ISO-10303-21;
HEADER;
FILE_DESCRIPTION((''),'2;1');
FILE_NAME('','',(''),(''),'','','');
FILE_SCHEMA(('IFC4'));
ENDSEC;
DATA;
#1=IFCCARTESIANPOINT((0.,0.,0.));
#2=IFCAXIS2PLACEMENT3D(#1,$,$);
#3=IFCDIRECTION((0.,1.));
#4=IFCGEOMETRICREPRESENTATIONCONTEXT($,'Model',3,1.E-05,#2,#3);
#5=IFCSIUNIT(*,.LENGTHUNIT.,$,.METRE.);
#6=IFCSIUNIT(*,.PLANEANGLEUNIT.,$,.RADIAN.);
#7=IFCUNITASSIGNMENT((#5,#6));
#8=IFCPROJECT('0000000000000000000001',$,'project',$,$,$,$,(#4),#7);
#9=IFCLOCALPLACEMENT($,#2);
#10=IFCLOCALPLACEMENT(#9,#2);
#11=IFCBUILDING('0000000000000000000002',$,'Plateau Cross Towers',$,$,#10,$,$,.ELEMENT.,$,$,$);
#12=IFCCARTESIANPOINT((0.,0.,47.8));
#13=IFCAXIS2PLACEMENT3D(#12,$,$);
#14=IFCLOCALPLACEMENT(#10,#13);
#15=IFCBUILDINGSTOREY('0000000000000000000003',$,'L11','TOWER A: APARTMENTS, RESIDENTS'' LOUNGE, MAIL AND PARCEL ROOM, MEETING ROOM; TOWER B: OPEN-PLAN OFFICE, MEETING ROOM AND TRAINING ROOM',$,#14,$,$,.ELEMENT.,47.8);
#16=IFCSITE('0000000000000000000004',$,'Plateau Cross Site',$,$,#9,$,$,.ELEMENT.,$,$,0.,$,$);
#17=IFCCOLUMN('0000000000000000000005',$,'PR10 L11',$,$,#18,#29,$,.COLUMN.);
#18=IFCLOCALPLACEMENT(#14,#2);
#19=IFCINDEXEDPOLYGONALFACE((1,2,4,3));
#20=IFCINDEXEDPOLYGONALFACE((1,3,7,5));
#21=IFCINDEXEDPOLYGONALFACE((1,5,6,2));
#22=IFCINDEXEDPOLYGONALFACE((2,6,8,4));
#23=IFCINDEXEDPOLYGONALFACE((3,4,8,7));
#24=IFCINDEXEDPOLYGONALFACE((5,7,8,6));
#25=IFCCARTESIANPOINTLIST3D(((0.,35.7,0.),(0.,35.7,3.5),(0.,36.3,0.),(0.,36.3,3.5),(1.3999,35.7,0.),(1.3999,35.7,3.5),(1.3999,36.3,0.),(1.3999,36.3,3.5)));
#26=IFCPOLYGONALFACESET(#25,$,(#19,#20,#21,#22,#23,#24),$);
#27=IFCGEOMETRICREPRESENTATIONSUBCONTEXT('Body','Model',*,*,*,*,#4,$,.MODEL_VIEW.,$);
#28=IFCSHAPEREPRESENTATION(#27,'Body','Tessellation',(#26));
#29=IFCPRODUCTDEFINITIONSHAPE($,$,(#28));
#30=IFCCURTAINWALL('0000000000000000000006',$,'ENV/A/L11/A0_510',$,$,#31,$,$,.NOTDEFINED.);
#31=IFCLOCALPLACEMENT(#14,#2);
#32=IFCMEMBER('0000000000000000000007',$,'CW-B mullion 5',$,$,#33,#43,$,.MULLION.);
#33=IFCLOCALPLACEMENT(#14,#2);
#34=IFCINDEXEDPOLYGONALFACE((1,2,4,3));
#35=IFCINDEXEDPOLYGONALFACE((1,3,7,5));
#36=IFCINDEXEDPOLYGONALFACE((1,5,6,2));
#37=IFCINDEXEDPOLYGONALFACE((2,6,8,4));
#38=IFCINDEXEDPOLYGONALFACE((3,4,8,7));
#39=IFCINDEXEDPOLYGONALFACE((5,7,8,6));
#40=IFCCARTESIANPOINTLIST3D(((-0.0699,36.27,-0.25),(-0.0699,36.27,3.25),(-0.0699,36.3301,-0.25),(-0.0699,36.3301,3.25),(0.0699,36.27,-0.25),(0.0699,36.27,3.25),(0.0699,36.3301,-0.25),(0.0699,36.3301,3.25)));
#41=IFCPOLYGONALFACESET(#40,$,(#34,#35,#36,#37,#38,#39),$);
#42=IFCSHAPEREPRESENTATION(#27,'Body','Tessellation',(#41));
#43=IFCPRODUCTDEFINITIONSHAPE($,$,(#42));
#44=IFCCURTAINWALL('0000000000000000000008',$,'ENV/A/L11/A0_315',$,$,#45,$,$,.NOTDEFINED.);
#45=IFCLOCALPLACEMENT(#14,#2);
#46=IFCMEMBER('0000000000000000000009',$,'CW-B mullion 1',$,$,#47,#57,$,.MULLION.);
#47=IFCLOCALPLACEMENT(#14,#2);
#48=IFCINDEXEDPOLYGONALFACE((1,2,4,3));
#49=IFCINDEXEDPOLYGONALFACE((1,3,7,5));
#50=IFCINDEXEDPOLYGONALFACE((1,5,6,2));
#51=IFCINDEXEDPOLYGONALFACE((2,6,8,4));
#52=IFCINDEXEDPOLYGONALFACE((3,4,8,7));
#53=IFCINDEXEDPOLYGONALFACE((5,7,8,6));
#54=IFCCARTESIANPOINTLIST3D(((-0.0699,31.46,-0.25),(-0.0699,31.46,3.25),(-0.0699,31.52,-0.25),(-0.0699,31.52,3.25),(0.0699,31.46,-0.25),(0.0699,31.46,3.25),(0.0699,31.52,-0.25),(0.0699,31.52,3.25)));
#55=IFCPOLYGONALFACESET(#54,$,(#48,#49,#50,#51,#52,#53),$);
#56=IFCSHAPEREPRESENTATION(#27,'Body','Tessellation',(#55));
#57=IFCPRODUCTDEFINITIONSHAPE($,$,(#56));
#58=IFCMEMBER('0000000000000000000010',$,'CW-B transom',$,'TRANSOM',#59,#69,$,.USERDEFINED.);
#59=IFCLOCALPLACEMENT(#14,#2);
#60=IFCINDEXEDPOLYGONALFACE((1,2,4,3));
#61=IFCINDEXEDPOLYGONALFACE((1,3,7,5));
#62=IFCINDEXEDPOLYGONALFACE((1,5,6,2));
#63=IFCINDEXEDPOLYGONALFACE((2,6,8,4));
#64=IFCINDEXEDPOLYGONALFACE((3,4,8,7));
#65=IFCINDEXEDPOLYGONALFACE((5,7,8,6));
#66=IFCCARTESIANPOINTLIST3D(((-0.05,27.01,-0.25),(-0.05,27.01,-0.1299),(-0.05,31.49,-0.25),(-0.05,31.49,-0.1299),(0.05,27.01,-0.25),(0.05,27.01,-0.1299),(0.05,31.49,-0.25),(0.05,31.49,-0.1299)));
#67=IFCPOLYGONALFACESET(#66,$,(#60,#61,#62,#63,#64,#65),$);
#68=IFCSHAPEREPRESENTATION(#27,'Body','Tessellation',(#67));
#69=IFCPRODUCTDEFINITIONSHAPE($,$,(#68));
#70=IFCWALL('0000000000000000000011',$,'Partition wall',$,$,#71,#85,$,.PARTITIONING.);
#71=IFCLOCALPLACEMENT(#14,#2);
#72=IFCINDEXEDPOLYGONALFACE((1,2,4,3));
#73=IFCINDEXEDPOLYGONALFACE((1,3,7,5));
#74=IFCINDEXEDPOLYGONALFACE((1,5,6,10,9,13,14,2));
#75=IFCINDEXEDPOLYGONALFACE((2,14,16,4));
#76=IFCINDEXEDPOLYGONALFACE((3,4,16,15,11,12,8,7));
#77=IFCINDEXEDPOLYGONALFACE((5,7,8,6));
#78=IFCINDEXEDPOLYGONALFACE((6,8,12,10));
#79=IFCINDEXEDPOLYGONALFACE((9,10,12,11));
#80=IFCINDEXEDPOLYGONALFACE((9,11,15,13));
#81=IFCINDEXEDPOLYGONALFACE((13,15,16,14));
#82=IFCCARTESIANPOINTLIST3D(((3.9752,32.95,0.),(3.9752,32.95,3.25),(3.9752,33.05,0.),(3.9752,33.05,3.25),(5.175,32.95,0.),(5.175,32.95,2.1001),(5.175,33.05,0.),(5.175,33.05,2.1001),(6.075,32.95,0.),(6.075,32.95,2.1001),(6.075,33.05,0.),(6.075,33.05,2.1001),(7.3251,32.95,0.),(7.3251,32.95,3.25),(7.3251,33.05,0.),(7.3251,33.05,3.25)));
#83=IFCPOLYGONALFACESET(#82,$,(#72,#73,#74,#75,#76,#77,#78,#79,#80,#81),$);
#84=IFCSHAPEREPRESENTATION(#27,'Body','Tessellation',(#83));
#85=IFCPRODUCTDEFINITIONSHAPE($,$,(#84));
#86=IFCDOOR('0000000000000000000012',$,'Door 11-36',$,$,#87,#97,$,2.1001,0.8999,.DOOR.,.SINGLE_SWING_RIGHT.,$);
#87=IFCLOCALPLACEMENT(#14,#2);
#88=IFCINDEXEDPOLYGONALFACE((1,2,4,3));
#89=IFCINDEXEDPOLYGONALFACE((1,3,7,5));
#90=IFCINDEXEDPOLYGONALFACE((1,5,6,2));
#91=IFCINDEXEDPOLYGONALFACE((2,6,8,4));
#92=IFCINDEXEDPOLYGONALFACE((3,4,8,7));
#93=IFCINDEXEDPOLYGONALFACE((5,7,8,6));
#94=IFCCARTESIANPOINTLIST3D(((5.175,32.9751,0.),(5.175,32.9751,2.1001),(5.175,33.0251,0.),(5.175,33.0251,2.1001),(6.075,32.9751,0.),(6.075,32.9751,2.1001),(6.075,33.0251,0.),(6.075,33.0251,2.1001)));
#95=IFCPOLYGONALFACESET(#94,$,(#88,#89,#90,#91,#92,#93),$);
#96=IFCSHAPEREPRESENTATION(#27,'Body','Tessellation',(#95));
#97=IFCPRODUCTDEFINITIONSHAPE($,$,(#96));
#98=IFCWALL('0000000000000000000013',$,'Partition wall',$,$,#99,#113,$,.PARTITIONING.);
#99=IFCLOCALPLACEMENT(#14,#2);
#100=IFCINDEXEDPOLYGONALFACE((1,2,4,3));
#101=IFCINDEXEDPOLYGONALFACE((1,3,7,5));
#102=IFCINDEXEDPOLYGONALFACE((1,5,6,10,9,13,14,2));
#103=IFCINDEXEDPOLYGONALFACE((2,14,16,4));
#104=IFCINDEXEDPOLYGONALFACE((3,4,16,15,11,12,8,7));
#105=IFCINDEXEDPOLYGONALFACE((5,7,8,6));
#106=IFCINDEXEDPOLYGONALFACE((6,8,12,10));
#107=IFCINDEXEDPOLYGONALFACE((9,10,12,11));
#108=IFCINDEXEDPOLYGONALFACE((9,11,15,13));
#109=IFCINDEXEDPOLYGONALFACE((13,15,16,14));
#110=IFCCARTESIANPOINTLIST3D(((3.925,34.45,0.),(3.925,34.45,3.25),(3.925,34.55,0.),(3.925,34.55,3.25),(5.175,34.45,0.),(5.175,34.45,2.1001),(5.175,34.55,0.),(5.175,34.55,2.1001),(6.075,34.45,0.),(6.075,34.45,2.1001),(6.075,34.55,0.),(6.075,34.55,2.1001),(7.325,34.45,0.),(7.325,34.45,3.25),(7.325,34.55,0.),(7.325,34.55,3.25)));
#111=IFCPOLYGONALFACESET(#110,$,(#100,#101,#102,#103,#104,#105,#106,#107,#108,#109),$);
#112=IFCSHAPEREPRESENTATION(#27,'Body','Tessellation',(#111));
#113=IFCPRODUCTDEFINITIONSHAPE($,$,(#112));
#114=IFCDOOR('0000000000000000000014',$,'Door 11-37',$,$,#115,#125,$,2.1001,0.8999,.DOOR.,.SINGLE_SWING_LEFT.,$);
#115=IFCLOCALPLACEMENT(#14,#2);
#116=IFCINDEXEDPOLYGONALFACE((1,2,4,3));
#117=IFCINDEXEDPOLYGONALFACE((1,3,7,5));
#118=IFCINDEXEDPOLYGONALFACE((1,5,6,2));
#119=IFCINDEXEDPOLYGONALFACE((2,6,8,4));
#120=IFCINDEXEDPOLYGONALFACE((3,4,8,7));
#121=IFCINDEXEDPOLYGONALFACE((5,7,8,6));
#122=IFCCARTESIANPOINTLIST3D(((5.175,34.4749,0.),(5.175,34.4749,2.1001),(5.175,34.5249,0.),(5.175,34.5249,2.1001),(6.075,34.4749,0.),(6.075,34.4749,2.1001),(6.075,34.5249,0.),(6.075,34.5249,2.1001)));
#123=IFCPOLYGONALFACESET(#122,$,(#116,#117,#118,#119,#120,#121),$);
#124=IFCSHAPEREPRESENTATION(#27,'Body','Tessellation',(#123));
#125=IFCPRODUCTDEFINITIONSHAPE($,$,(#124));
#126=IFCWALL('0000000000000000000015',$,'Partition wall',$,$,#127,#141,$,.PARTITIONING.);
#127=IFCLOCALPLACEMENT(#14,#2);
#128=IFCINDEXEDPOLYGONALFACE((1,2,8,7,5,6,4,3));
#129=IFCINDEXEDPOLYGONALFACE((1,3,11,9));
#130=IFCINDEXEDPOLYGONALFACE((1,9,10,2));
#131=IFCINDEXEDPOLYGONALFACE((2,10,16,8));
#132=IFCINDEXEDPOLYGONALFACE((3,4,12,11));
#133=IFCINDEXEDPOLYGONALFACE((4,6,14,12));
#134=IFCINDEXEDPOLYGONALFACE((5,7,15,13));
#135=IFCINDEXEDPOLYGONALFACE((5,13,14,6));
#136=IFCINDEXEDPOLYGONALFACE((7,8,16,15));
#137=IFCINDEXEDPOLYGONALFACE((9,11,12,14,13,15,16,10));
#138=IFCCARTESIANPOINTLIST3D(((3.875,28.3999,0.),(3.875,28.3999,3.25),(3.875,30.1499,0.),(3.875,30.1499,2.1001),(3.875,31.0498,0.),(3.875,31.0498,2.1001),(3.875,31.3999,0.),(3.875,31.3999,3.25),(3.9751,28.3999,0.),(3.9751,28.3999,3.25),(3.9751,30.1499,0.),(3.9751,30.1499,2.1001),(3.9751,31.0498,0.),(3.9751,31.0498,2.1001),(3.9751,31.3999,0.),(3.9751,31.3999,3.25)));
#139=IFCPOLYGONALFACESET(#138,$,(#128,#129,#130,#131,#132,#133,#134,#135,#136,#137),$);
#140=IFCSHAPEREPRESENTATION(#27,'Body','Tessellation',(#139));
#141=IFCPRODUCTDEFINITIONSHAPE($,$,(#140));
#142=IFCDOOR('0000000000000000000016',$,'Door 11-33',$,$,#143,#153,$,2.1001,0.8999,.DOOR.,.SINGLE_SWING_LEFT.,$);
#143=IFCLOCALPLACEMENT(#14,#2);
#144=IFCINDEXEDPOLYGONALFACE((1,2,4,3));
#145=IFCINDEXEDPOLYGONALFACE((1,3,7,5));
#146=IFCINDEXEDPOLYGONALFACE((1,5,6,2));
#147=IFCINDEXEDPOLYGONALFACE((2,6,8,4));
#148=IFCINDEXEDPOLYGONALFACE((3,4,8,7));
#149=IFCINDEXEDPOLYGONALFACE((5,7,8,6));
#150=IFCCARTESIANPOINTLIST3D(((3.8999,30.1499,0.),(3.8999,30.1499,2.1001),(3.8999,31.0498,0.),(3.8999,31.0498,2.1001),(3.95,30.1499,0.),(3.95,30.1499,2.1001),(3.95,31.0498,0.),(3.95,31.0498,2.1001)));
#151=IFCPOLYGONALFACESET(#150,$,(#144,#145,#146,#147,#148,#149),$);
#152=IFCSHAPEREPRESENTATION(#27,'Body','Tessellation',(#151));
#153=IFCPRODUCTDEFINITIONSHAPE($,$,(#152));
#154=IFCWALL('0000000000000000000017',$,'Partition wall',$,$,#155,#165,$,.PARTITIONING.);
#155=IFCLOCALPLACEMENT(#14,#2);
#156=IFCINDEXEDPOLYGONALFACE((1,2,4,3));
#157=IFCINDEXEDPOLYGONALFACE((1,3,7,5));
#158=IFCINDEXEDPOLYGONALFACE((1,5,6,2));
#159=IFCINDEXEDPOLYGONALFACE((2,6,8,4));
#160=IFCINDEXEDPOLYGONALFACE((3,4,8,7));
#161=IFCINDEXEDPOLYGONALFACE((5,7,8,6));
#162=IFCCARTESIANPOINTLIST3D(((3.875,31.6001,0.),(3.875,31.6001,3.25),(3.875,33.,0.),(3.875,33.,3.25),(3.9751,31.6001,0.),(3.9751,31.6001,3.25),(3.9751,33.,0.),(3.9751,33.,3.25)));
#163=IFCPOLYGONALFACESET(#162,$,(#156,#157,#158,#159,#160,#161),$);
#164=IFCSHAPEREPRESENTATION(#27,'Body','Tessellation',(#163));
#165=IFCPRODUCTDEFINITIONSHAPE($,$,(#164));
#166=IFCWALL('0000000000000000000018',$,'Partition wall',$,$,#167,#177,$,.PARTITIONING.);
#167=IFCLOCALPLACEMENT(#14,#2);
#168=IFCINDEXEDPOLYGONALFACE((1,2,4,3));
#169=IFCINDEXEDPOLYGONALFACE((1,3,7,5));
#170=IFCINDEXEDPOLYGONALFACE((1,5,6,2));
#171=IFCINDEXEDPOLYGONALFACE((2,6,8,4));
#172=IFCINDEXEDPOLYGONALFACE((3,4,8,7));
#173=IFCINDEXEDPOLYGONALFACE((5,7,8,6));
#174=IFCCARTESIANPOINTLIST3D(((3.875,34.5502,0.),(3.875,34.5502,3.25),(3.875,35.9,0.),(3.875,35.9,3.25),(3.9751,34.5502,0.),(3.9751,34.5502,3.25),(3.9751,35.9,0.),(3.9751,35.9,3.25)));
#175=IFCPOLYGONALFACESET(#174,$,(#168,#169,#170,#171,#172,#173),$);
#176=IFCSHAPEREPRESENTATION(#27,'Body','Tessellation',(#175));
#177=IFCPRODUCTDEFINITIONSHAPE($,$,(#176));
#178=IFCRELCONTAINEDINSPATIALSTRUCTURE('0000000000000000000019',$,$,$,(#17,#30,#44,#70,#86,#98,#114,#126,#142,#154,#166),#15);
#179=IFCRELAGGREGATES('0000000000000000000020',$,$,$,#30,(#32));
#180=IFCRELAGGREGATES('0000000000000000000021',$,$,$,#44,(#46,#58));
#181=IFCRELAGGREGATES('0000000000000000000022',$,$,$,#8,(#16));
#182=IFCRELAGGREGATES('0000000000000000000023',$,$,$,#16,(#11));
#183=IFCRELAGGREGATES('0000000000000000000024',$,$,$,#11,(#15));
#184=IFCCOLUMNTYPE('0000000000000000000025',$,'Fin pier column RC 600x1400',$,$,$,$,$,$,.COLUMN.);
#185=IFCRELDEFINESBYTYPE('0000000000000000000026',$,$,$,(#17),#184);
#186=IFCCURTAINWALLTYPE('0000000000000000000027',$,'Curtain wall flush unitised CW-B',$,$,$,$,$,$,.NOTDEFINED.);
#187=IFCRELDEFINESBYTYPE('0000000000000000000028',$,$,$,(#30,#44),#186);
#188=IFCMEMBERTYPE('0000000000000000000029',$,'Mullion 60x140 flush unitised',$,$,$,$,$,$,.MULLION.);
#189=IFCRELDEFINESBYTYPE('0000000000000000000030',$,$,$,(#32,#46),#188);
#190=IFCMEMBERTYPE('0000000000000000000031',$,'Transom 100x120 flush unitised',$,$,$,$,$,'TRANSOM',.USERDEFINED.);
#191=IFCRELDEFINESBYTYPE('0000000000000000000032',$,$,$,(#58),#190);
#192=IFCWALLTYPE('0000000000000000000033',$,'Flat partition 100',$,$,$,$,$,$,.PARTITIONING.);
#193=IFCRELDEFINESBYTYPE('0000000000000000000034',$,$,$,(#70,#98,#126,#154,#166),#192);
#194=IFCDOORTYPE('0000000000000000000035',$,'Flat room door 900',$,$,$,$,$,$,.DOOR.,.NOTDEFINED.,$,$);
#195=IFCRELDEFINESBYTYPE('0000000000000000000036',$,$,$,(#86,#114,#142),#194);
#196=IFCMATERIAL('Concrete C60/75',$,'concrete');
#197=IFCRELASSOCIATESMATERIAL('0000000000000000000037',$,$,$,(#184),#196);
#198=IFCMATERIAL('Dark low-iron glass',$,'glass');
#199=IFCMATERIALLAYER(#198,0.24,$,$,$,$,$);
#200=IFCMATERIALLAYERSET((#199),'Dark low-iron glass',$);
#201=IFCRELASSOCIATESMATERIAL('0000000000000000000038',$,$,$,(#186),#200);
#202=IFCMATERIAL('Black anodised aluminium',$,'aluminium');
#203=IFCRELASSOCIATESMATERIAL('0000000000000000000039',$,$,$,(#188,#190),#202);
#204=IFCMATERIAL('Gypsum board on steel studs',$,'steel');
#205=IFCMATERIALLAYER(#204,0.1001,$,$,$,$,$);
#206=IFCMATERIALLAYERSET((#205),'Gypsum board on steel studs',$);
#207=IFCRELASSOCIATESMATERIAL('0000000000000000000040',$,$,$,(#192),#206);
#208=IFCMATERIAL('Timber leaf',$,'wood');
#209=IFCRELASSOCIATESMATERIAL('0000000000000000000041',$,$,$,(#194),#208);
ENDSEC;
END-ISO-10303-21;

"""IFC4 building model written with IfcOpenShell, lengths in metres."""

from ifc_helpers import new_model, si_unit, direction, frame, frame_2d, origin, origin_2d, place, context, subcontext, project, spatial, rectangle, extrude, material, layer, layer_set, material_profile, profile_set, type_object, element, fill, aggregate, save


model = new_model("IFC4")

# Units and contexts
model_context = context("Model", 3, precision=1e-05, world=origin(), true_north=direction((0.0, 1.0)))
body_context = subcontext(model_context, "Body", "Model", "MODEL_VIEW")
ifc_project = project(units=[si_unit("LENGTHUNIT", "METRE"), si_unit("PLANEANGLEUNIT", "RADIAN")], contexts=[model_context])

# Site, building, storey
site_placement = place(None, origin())
site = spatial("IfcSite", under=ifc_project, at=site_placement, Name="Plateau Cross Site", CompositionType="ELEMENT", RefElevation=0.0)
building_placement = place(site_placement, origin())
building = spatial("IfcBuilding", under=site, at=building_placement, Name="Plateau Cross Towers", CompositionType="ELEMENT")
storey_placement = place(building_placement, frame((0.0, 0.0, 47.8)))
storey = spatial("IfcBuildingStorey", under=building, at=storey_placement, Name="L11", Description="TOWER A: APARTMENTS, RESIDENTS' LOUNGE, MAIL AND PARCEL ROOM, MEETING ROOM; TOWER B: OPEN-PLAN OFFICE, MEETING ROOM AND TRAINING ROOM", CompositionType="ELEMENT", Elevation=47.8)

# Column
ifc_material_1 = material(Name="Concrete C60/75", Category="concrete")
ifc_material_profile_1 = material_profile(ifc_material_1, rectangle(XDim=0.6001, YDim=1.3999, at=origin_2d()), Name="RC 600x1400")
ifc_profile_set_1 = profile_set([ifc_material_profile_1], Name="Concrete C60/75")
column_type = type_object("IfcColumnType", Name="Fin pier column RC 600x1400", PredefinedType="COLUMN", material=ifc_profile_set_1)
column_placement = place(storey_placement, frame((0.7, 36.0, 0.0), z_axis=(0.0, 0.0, 1.0), x_axis=(0.0, 1.0, 0.0)))
element("IfcColumn", 1, at=column_placement, inside=storey, type_object=column_type, Name="PR10 L11", PredefinedType="COLUMN", context=body_context, shape_type="SweptSolid", body=[
    extrude(rectangle(XDim=0.6001, YDim=1.3999, at=origin_2d()), origin(), (0.0, 0.0, 1.0), 3.5),
])

# Curtain wall, member
ifc_material_2 = material(Name="Dark low-iron glass", Category="glass")
ifc_layer_1 = layer(ifc_material_2, 0.24)
ifc_layer_set_1 = layer_set([ifc_layer_1], Name="Dark low-iron glass")
curtain_wall_type = type_object("IfcCurtainWallType", Name="Curtain wall flush unitised CW-B", PredefinedType="NOTDEFINED", material=ifc_layer_set_1)
curtain_wall_1_placement = place(storey_placement, origin())
curtain_wall_1 = element("IfcCurtainWall", 2, at=curtain_wall_1_placement, inside=storey, type_object=curtain_wall_type, Name="ENV/A/L11/A0_510", PredefinedType="NOTDEFINED")
ifc_material_3 = material(Name="Black anodised aluminium", Category="aluminium")
ifc_material_profile_2 = material_profile(ifc_material_3, rectangle(XDim=0.0601, YDim=0.1399, at=origin_2d()), Name="MULLION 60x140")
ifc_profile_set_2 = profile_set([ifc_material_profile_2], Name="Black anodised aluminium")
member_type_1 = type_object("IfcMemberType", Name="Mullion 60x140 flush unitised", PredefinedType="MULLION", material=ifc_profile_set_2)
member_1_placement = place(storey_placement, frame((0.0, 36.3, -0.25), z_axis=(0.0, 0.0, 1.0), x_axis=(0.0, -1.0, 0.0)))
member_1 = element("IfcMember", 3, at=member_1_placement, type_object=member_type_1, Name="CW-B mullion 5", PredefinedType="MULLION", context=body_context, shape_type="SweptSolid", body=[
    extrude(rectangle(XDim=0.0601, YDim=0.1399, at=origin_2d()), origin(), (0.0, 0.0, 1.0), 3.5),
])
aggregate(curtain_wall_1, [member_1])

# Curtain wall, members
curtain_wall_2_placement = place(storey_placement, origin())
curtain_wall_2 = element("IfcCurtainWall", 4, at=curtain_wall_2_placement, inside=storey, type_object=curtain_wall_type, Name="ENV/A/L11/A0_315", PredefinedType="NOTDEFINED")
member_2_placement = place(storey_placement, frame((0.0, 31.49, -0.25), z_axis=(0.0, 0.0, 1.0), x_axis=(0.0, -1.0, 0.0)))
member_2 = element("IfcMember", 5, at=member_2_placement, type_object=member_type_1, Name="CW-B mullion 1", PredefinedType="MULLION", context=body_context, shape_type="SweptSolid", body=[
    extrude(rectangle(XDim=0.0601, YDim=0.1399, at=origin_2d()), origin(), (0.0, 0.0, 1.0), 3.5),
])
ifc_material_profile_3 = material_profile(ifc_material_3, rectangle(XDim=0.1001, YDim=0.1201, at=origin_2d()), Name="TRANSOM 100x120")
ifc_profile_set_3 = profile_set([ifc_material_profile_3], Name="Black anodised aluminium")
member_type_2 = type_object("IfcMemberType", Name="Transom 100x120 flush unitised", ElementType="TRANSOM", PredefinedType="USERDEFINED", material=ifc_profile_set_3)
member_3_placement = place(storey_placement, frame((0.0, 31.49, -0.1899), z_axis=(0.0, -1.0, 0.0), x_axis=(1.0, 0.0, 0.0)))
member_3 = element("IfcMember", 6, at=member_3_placement, type_object=member_type_2, Name="CW-B transom", ObjectType="TRANSOM", PredefinedType="USERDEFINED", context=body_context, shape_type="SweptSolid", body=[
    extrude(rectangle(XDim=0.1001, YDim=0.1201, at=origin_2d()), origin(), (0.0, 0.0, 1.0), 4.48),
])
aggregate(curtain_wall_2, [member_2, member_3])

# Walls, openings, doors
ifc_material_4 = material(Name="Gypsum board on steel studs", Category="steel")
ifc_layer_2 = layer(ifc_material_4, 0.1001)
ifc_layer_set_2 = layer_set([ifc_layer_2], Name="Gypsum board on steel studs")
wall_type_1 = type_object("IfcWallType", Name="Flat partition 100", PredefinedType="PARTITIONING", material=ifc_layer_set_2)
wall_1_placement = place(storey_placement, frame((7.325, 33.0, 0.0), z_axis=(0.0, 0.0, 1.0), x_axis=(-1.0, 0.0, 0.0)))
wall_1 = element("IfcWall", 7, at=wall_1_placement, inside=storey, type_object=wall_type_1, Name="Partition wall", PredefinedType="PARTITIONING", context=body_context, shape_type="SweptSolid", body=[
    extrude(rectangle(XDim=3.3499, YDim=0.1001, at=frame_2d((1.6748, 0.0))), origin(), (0.0, 0.0, 1.0), 3.25),
])
opening_1_placement = place(wall_1_placement, frame((1.25, 0.0, 0.0)))
opening_1 = element("IfcOpeningElement", 8, at=opening_1_placement, cuts=wall_1, PredefinedType="OPENING", context=body_context, shape_type="SweptSolid", body=[
    extrude(rectangle(XDim=0.8999, YDim=2.1001, at=frame_2d((0.45, 1.05))), frame((0.0, 0.0601, 0.0), z_axis=(0.0, -1.0, 0.0), x_axis=(1.0, 0.0, 0.0)), (0.0, 0.0, 1.0), 0.1201),
])
ifc_material_5 = material(Name="Timber leaf", Category="wood")
door_type_1 = type_object("IfcDoorType", Name="Flat room door 900", OperationType="NOTDEFINED", PredefinedType="DOOR", material=ifc_material_5)
door_1_placement = place(opening_1_placement, origin())
door_1 = element("IfcDoor", 9, at=door_1_placement, inside=storey, type_object=door_type_1, Name="Door 11-36", OperationType="SINGLE_SWING_RIGHT", OverallHeight=2.1001, OverallWidth=0.8999, PredefinedType="DOOR", context=body_context, shape_type="SweptSolid", body=[
    extrude(rectangle(XDim=0.8999, YDim=2.1001, at=frame_2d((0.45, 1.05))), frame((0.0, 0.0249, 0.0), z_axis=(0.0, -1.0, 0.0), x_axis=(1.0, 0.0, 0.0)), (0.0, 0.0, 1.0), 0.05),
])
fill(opening_1, door_1)
wall_2_placement = place(storey_placement, frame((3.925, 34.5, 0.0), z_axis=(0.0, 0.0, 1.0), x_axis=(1.0, 0.0, 0.0)))
wall_2 = element("IfcWall", 10, at=wall_2_placement, inside=storey, type_object=wall_type_1, Name="Partition wall", PredefinedType="PARTITIONING", context=body_context, shape_type="SweptSolid", body=[
    extrude(rectangle(XDim=3.3999, YDim=0.1001, at=frame_2d((1.7, 0.0))), origin(), (0.0, 0.0, 1.0), 3.25),
])
opening_2_placement = place(wall_2_placement, frame((1.25, 0.0, 0.0)))
opening_2 = element("IfcOpeningElement", 11, at=opening_2_placement, cuts=wall_2, PredefinedType="OPENING", context=body_context, shape_type="SweptSolid", body=[
    extrude(rectangle(XDim=0.8999, YDim=2.1001, at=frame_2d((0.45, 1.05))), frame((0.0, 0.0601, 0.0), z_axis=(0.0, -1.0, 0.0), x_axis=(1.0, 0.0, 0.0)), (0.0, 0.0, 1.0), 0.1201),
])
door_2_placement = place(opening_2_placement, origin())
door_2 = element("IfcDoor", 12, at=door_2_placement, inside=storey, type_object=door_type_1, Name="Door 11-37", OperationType="SINGLE_SWING_LEFT", OverallHeight=2.1001, OverallWidth=0.8999, PredefinedType="DOOR", context=body_context, shape_type="SweptSolid", body=[
    extrude(rectangle(XDim=0.8999, YDim=2.1001, at=frame_2d((0.45, 1.05))), frame((0.0, 0.0249, 0.0), z_axis=(0.0, -1.0, 0.0), x_axis=(1.0, 0.0, 0.0)), (0.0, 0.0, 1.0), 0.05),
])
fill(opening_2, door_2)
wall_3_placement = place(storey_placement, frame((3.925, 31.3999, 0.0), z_axis=(0.0, 0.0, 1.0), x_axis=(0.0, -1.0, 0.0)))
wall_3 = element("IfcWall", 13, at=wall_3_placement, inside=storey, type_object=wall_type_1, Name="Partition wall", PredefinedType="PARTITIONING", context=body_context, shape_type="SweptSolid", body=[
    extrude(rectangle(XDim=3.0, YDim=0.1001, at=frame_2d((1.5, 0.0))), origin(), (0.0, 0.0, 1.0), 3.25),
])
opening_3_placement = place(wall_3_placement, frame((0.3501, 0.0, 0.0)))
opening_3 = element("IfcOpeningElement", 14, at=opening_3_placement, cuts=wall_3, PredefinedType="OPENING", context=body_context, shape_type="SweptSolid", body=[
    extrude(rectangle(XDim=0.8999, YDim=2.1001, at=frame_2d((0.45, 1.05))), frame((0.0, 0.0601, 0.0), z_axis=(0.0, -1.0, 0.0), x_axis=(1.0, 0.0, 0.0)), (0.0, 0.0, 1.0), 0.1201),
])
door_3_placement = place(opening_3_placement, origin())
door_3 = element("IfcDoor", 15, at=door_3_placement, inside=storey, type_object=door_type_1, Name="Door 11-33", OperationType="SINGLE_SWING_LEFT", OverallHeight=2.1001, OverallWidth=0.8999, PredefinedType="DOOR", context=body_context, shape_type="SweptSolid", body=[
    extrude(rectangle(XDim=0.8999, YDim=2.1001, at=frame_2d((0.45, 1.05))), frame((0.0, 0.0249, 0.0), z_axis=(0.0, -1.0, 0.0), x_axis=(1.0, 0.0, 0.0)), (0.0, 0.0, 1.0), 0.05),
])
fill(opening_3, door_3)

# Walls
wall_4_placement = place(storey_placement, frame((3.925, 33.0, 0.0), z_axis=(0.0, 0.0, 1.0), x_axis=(0.0, -1.0, 0.0)))
element("IfcWall", 16, at=wall_4_placement, inside=storey, type_object=wall_type_1, Name="Partition wall", PredefinedType="PARTITIONING", context=body_context, shape_type="SweptSolid", body=[
    extrude(rectangle(XDim=1.3999, YDim=0.1001, at=frame_2d((0.7, 0.0))), origin(), (0.0, 0.0, 1.0), 3.25),
])
for number, where, z_axis, x_axis, name in (
    (17, (3.925, 35.8999, 0.0), (0.0, 0.0, 1.0), (0.0, -1.0, 0.0), "Partition wall"),
):
    element("IfcWall", number, at=place(storey_placement, frame(where, z_axis=z_axis, x_axis=x_axis)), inside=storey, type_object=wall_type_1, Name=name, PredefinedType="PARTITIONING", context=body_context, shape_type="SweptSolid", body=[
        extrude(rectangle(XDim=1.3499, YDim=0.1001, at=frame_2d((0.6748, 0.0))), origin(), (0.0, 0.0, 1.0), 3.25),
    ])

save(model, "model.ifc")
